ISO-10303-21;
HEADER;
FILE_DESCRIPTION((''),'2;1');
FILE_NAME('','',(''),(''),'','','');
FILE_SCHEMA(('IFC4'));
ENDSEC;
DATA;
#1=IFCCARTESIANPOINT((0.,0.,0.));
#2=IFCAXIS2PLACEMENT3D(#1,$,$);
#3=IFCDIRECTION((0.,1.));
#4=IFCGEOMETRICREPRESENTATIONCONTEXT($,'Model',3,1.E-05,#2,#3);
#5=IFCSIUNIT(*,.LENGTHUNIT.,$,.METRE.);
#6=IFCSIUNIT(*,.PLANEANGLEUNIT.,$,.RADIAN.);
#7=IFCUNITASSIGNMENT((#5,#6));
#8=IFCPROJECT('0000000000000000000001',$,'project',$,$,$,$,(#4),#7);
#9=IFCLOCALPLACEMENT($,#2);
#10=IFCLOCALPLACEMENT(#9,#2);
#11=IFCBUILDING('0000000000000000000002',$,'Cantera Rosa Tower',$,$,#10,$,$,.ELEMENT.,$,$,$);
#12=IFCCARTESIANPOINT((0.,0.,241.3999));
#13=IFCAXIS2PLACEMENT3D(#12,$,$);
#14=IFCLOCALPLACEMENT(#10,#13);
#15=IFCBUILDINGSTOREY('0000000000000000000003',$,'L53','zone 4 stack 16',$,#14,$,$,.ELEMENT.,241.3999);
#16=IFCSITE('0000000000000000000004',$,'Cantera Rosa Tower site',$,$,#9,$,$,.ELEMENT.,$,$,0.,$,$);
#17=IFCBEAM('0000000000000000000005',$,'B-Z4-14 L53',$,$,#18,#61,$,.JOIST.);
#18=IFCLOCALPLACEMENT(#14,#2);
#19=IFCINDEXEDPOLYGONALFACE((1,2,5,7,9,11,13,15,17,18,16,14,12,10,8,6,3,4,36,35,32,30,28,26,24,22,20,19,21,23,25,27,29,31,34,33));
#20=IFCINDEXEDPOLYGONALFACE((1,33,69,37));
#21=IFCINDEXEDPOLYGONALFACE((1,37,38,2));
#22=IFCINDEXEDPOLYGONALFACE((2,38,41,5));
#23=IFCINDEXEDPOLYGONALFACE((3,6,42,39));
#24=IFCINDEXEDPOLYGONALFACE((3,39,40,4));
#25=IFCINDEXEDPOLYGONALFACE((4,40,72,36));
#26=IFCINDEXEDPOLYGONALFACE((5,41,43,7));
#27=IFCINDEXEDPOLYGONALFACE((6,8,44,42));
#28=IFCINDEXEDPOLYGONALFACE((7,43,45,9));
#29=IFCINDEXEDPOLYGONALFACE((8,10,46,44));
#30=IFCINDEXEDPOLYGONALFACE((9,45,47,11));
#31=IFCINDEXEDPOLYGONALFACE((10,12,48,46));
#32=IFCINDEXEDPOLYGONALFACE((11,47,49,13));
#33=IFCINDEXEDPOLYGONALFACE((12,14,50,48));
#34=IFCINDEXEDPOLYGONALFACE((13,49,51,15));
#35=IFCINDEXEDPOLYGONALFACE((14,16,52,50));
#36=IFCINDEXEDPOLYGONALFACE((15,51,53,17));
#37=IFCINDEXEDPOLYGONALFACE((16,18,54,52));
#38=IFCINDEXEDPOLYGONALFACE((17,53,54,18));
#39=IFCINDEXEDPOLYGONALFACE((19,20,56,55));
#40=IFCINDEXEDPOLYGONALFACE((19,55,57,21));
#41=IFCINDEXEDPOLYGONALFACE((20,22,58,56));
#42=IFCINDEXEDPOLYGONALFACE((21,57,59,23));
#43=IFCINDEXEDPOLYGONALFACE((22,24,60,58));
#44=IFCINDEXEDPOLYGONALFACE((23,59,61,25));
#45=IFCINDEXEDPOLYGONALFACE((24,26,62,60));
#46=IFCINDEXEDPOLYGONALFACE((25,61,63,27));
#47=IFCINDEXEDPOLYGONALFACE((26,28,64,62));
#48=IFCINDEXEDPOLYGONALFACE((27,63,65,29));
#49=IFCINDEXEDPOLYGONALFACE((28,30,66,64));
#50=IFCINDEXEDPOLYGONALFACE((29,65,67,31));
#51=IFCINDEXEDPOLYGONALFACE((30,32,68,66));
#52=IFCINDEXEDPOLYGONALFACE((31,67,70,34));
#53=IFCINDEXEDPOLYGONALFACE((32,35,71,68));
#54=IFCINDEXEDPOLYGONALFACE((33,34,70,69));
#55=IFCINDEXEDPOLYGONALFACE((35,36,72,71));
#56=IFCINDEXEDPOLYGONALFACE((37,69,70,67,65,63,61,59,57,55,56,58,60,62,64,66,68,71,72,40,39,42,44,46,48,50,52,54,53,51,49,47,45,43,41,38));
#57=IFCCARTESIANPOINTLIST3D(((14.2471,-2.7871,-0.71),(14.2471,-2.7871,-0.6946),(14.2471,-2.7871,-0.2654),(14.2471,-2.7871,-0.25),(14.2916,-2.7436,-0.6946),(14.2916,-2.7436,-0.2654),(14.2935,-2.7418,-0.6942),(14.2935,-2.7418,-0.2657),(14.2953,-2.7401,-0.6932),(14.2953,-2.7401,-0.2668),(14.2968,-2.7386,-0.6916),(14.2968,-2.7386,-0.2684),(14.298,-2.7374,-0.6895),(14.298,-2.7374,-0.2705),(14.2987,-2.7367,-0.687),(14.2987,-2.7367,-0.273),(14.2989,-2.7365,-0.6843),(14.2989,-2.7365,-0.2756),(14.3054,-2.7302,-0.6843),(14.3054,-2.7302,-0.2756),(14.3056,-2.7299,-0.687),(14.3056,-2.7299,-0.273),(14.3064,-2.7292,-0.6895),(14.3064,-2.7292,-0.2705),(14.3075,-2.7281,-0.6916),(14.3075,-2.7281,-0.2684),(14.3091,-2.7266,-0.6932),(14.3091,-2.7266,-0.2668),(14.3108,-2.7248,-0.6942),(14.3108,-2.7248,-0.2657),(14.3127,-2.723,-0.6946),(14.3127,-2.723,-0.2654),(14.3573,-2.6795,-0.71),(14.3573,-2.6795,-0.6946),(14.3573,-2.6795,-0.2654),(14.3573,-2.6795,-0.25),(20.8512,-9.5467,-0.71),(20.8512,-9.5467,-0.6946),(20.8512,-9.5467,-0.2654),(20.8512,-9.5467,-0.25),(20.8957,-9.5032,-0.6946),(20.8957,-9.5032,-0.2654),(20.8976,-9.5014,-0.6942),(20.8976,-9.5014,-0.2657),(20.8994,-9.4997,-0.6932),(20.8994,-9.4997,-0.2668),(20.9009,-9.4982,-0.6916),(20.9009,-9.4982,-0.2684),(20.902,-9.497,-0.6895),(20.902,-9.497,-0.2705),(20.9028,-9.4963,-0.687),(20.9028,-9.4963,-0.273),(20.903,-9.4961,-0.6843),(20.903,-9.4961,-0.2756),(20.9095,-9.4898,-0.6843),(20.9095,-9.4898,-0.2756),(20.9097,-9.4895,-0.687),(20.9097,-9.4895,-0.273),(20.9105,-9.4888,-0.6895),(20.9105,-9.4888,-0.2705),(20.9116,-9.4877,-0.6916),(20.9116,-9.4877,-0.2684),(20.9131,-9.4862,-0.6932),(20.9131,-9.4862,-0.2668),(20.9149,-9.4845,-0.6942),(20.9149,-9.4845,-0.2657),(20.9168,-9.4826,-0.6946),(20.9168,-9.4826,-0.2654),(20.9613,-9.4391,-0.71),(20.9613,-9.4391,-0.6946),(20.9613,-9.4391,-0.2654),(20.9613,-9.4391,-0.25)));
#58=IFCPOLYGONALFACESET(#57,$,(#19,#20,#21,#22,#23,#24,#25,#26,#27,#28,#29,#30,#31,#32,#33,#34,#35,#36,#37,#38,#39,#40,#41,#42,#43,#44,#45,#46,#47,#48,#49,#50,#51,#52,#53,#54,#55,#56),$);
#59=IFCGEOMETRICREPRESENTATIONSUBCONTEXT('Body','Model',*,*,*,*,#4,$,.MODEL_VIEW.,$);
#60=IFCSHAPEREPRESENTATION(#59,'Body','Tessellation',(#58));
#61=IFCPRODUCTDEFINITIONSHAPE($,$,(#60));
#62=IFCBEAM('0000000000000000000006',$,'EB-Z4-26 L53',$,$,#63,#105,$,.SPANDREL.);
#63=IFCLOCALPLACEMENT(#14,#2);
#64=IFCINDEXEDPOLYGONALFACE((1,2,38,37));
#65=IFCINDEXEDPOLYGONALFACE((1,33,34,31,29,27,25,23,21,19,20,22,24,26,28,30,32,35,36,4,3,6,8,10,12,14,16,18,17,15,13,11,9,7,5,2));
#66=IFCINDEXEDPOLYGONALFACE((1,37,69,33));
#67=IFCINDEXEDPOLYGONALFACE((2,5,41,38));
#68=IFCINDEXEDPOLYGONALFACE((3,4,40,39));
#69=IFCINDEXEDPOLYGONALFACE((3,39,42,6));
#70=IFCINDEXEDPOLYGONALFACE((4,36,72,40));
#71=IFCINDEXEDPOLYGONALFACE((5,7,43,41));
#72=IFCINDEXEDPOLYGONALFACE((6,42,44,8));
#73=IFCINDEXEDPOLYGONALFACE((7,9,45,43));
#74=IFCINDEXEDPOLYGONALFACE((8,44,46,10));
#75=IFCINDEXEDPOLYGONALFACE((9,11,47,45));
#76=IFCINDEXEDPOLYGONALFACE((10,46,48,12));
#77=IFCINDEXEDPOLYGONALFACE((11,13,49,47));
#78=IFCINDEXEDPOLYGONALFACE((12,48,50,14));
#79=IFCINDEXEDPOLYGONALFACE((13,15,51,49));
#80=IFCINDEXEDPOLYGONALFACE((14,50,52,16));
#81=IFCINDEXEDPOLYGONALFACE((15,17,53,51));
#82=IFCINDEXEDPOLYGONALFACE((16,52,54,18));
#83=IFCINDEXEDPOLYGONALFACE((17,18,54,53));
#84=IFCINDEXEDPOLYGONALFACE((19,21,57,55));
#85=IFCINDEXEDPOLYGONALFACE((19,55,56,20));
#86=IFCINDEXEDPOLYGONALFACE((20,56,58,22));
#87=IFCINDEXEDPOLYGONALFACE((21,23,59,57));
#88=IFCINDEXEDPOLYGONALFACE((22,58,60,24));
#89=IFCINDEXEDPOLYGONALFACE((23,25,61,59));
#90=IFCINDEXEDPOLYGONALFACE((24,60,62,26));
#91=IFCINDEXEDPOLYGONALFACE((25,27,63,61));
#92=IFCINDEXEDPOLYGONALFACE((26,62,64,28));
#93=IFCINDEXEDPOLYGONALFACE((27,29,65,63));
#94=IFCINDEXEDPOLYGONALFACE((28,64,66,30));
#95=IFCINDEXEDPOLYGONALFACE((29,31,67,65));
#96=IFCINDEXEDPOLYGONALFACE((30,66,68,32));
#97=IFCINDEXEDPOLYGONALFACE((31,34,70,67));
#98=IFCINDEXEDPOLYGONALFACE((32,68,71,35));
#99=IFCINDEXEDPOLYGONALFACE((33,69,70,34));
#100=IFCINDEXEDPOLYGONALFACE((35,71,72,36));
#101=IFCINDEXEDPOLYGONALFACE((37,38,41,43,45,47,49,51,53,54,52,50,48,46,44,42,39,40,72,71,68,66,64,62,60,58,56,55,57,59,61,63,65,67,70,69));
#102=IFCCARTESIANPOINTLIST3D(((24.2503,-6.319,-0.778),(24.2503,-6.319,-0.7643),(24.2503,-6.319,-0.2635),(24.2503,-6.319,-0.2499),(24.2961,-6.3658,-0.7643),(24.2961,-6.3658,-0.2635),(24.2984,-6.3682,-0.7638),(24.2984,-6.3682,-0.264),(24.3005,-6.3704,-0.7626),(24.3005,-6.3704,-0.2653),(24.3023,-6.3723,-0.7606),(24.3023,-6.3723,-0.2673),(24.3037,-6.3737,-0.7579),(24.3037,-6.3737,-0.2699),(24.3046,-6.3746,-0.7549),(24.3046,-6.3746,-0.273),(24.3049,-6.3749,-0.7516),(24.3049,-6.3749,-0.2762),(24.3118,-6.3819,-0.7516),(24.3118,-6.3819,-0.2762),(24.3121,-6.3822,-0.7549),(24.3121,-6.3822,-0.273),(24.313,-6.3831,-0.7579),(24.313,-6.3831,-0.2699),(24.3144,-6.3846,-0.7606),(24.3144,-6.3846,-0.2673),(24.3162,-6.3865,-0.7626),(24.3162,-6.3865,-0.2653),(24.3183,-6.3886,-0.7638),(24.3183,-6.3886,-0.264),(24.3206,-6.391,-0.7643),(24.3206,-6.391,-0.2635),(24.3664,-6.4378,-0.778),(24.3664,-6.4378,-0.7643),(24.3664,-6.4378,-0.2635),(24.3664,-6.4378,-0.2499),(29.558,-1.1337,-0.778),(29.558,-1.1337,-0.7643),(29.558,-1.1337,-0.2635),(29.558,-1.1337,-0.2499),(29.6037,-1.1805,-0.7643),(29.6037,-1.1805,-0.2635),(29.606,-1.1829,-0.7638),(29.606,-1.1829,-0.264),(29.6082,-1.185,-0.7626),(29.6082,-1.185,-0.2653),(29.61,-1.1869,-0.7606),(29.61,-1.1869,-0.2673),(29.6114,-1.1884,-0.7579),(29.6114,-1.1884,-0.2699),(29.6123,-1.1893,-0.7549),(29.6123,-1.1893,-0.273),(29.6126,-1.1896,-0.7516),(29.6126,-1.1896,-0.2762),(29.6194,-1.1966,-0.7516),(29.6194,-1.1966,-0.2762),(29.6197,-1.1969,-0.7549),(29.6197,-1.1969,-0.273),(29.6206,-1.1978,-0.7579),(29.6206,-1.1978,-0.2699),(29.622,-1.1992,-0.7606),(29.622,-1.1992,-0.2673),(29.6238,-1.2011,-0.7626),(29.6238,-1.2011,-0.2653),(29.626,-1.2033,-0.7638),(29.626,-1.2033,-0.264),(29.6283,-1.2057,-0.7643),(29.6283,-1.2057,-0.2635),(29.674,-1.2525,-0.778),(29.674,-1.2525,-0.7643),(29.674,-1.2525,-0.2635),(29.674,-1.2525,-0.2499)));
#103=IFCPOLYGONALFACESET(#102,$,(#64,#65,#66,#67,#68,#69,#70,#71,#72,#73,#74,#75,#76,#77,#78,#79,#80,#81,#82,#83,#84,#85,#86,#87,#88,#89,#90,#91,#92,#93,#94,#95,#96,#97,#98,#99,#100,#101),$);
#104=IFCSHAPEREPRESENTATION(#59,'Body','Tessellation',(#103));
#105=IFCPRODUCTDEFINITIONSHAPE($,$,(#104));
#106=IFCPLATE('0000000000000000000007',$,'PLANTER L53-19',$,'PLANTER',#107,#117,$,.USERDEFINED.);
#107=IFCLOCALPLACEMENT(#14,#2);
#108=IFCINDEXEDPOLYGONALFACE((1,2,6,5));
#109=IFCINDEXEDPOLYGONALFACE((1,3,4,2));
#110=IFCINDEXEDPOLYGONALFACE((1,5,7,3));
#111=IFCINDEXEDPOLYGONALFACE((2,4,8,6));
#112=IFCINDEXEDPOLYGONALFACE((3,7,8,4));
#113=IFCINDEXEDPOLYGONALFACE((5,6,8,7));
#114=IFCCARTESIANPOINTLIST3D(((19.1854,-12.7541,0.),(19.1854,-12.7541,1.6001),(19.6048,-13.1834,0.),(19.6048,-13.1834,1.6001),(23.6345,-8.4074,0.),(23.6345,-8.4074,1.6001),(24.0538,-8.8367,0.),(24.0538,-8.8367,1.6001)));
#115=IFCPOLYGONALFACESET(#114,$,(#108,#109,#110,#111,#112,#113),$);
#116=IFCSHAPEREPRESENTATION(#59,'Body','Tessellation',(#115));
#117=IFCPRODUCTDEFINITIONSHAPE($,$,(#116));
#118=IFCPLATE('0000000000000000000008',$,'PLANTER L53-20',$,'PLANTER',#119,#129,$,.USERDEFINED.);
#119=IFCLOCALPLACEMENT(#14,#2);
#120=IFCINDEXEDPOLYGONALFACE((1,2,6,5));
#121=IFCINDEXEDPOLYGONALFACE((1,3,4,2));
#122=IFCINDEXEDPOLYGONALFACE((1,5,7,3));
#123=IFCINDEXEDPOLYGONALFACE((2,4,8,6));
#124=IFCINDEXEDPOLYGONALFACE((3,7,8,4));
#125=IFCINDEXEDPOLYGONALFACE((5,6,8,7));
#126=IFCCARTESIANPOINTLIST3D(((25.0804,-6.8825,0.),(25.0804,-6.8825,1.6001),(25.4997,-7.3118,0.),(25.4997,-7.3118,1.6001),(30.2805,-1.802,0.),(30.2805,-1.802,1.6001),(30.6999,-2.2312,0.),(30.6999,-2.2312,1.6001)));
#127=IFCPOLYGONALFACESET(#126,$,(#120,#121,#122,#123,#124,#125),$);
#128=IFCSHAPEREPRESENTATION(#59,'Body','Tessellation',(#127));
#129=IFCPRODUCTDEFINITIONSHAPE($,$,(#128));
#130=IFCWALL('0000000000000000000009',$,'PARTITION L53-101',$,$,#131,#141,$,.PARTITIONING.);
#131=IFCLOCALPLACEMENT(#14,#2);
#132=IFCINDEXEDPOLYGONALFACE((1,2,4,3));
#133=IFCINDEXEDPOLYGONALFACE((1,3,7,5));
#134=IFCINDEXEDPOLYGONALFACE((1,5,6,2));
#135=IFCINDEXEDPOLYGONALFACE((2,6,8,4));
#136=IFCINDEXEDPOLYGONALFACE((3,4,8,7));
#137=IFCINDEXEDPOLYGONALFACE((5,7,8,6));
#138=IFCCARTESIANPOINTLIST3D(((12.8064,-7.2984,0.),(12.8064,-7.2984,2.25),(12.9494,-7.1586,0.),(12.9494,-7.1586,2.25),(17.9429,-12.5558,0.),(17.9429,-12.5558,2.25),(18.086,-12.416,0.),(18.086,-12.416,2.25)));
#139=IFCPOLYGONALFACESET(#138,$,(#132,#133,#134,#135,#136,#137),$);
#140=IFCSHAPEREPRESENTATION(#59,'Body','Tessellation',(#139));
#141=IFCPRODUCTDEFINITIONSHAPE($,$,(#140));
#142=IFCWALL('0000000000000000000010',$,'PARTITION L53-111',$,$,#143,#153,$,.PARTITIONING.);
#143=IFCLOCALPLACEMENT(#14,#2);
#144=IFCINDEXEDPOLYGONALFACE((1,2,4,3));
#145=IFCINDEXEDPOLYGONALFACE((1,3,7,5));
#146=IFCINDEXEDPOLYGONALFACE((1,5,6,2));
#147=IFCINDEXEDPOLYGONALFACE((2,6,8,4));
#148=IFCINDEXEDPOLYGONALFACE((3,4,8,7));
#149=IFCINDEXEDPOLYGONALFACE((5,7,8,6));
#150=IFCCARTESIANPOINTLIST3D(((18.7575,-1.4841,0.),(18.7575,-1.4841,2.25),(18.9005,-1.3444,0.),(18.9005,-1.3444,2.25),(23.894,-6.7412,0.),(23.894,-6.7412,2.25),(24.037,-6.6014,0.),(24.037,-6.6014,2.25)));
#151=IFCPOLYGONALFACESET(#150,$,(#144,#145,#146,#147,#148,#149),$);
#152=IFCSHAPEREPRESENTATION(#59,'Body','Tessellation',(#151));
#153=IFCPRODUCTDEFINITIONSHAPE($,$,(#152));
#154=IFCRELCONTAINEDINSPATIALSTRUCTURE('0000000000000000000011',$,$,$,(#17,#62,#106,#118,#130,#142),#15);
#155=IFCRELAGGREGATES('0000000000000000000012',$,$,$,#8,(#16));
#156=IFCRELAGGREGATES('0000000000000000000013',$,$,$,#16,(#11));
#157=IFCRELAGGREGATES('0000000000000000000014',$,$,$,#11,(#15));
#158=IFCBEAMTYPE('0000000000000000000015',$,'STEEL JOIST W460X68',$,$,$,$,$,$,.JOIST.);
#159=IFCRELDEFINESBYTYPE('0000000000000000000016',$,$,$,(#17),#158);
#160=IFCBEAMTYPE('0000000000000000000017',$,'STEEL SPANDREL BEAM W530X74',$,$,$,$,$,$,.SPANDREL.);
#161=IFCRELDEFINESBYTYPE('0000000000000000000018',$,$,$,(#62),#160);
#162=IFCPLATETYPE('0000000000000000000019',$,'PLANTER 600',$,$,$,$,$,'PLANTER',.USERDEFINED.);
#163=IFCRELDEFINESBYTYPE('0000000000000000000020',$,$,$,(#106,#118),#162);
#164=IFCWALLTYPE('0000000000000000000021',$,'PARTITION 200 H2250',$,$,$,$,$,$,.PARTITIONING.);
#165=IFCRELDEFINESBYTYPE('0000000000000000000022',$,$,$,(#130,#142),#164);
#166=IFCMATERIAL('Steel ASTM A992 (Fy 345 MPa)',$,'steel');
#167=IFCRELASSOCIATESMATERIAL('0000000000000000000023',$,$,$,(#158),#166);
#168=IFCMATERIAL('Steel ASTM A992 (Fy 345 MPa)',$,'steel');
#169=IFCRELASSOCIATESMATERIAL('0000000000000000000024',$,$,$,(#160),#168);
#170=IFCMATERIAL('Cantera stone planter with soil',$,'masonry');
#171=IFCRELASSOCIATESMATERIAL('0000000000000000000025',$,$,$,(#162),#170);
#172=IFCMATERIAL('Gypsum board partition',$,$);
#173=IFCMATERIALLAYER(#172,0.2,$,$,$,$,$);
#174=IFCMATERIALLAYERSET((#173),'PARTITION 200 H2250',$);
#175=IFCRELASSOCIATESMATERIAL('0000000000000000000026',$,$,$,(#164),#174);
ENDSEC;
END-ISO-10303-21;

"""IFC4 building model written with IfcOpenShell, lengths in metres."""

from ifc_helpers import new_model, si_unit, direction, frame, frame_2d, origin, origin_2d, place, context, subcontext, project, spatial, rectangle, i_section, extrude, material, layer, layer_set, material_profile, profile_set, type_object, element, save


model = new_model("IFC4")

# Units and contexts
model_context = context("Model", 3, precision=1e-05, world=origin(), true_north=direction((0.0, 1.0)))
body_context = subcontext(model_context, "Body", "Model", "MODEL_VIEW")
ifc_project = project(units=[si_unit("LENGTHUNIT", "METRE"), si_unit("PLANEANGLEUNIT", "RADIAN")], contexts=[model_context])

# Site, building, storey
site_placement = place(None, origin())
site = spatial("IfcSite", under=ifc_project, at=site_placement, Name="Cantera Rosa Tower site", CompositionType="ELEMENT", RefElevation=0.0)
building_placement = place(site_placement, origin())
building = spatial("IfcBuilding", under=site, at=building_placement, Name="Cantera Rosa Tower", CompositionType="ELEMENT")
storey_placement = place(building_placement, frame((0.0, 0.0, 241.3999)))
storey = spatial("IfcBuildingStorey", under=building, at=storey_placement, Name="L53", Description="zone 4 stack 16", CompositionType="ELEMENT", Elevation=241.3999)

# Beams
ifc_material_1 = material(Name="Steel ASTM A992 (Fy 345 MPa)", Category="steel")
ifc_material_profile_1 = material_profile(ifc_material_1, i_section(OverallWidth=0.1541, OverallDepth=0.46, WebThickness=0.009, FlangeThickness=0.0154, FilletRadius=0.0103, at=origin_2d()), Name="W460X68")
ifc_profile_set_1 = profile_set([ifc_material_profile_1], Name="Steel ASTM A992 (Fy 345 MPa)")
beam_type_1 = type_object("IfcBeamType", Name="STEEL JOIST W460X68", PredefinedType="JOIST", material=ifc_profile_set_1)
beam_1_placement = place(storey_placement, frame((20.9062, -9.4929, -0.48), z_axis=(-0.698831, 0.715287, 0.0), x_axis=(-0.715287, -0.698831, 0.0)))
element("IfcBeam", 1, at=beam_1_placement, inside=storey, type_object=beam_type_1, Name="B-Z4-14 L53", PredefinedType="JOIST", context=body_context, shape_type="SweptSolid", body=[
    extrude(i_section(OverallWidth=0.1541, OverallDepth=0.46, WebThickness=0.009, FlangeThickness=0.0154, FilletRadius=0.0103, at=origin_2d()), origin(), (0.0, 0.0, 1.0), 9.4502),
])
ifc_material_2 = material(Name="Steel ASTM A992 (Fy 345 MPa)", Category="steel")
ifc_material_profile_2 = material_profile(ifc_material_2, i_section(OverallWidth=0.166, OverallDepth=0.5281, WebThickness=0.0098, FlangeThickness=0.0137, FilletRadius=0.0127, at=origin_2d()), Name="W530X74")
ifc_profile_set_2 = profile_set([ifc_material_profile_2], Name="Steel ASTM A992 (Fy 345 MPa)")
beam_type_2 = type_object("IfcBeamType", Name="STEEL SPANDREL BEAM W530X74", PredefinedType="SPANDREL", material=ifc_profile_set_2)
beam_2_placement = place(storey_placement, frame((24.3083, -6.3784, -0.5139), z_axis=(0.715301, 0.698817, 0.0), x_axis=(-0.698817, 0.715301, 0.0)))
element("IfcBeam", 2, at=beam_2_placement, inside=storey, type_object=beam_type_2, Name="EB-Z4-26 L53", PredefinedType="SPANDREL", context=body_context, shape_type="SweptSolid", body=[
    extrude(i_section(OverallWidth=0.166, OverallDepth=0.5281, WebThickness=0.0098, FlangeThickness=0.0137, FilletRadius=0.0127, at=origin_2d()), origin(), (0.0, 0.0, 1.0), 7.4202),
])

# Plates
ifc_material_3 = material(Name="Cantera stone planter with soil", Category="masonry")
plate_type = type_object("IfcPlateType", Name="PLANTER 600", ElementType="PLANTER", PredefinedType="USERDEFINED", material=ifc_material_3)
plate_1_placement = place(storey_placement, frame((21.6196, -10.7954, 0.0), z_axis=(0.0, 0.0, 1.0), x_axis=(0.715286, 0.698832, 0.0)))
element("IfcPlate", 3, at=plate_1_placement, inside=storey, type_object=plate_type, Name="PLANTER L53-19", ObjectType="PLANTER", PredefinedType="USERDEFINED", context=body_context, shape_type="SweptSolid", body=[
    extrude(rectangle(XDim=6.22, YDim=0.6001, at=origin_2d()), origin(), (0.0, 0.0, 1.0), 1.6001),
])
plate_2_placement = place(storey_placement, frame((27.8901, -4.5569, 0.0), z_axis=(0.0, 0.0, 1.0), x_axis=(0.715286, 0.698832, 0.0)))
element("IfcPlate", 4, at=plate_2_placement, inside=storey, type_object=plate_type, Name="PLANTER L53-20", ObjectType="PLANTER", PredefinedType="USERDEFINED", context=body_context, shape_type="SweptSolid", body=[
    extrude(rectangle(XDim=7.27, YDim=0.6001, at=origin_2d()), origin(), (0.0, 0.0, 1.0), 1.6001),
])

# Walls
ifc_material_4 = material(Name="Gypsum board partition")
ifc_layer_1 = layer(ifc_material_4, 0.2)
ifc_layer_set_1 = layer_set([ifc_layer_1], Name="PARTITION 200 H2250")
wall_type_1 = type_object("IfcWallType", Name="PARTITION 200 H2250", PredefinedType="PARTITIONING", material=ifc_layer_set_1)
wall_1_placement = place(storey_placement, frame((12.8779, -7.2285, 0.0), z_axis=(0.0, 0.0, 1.0), x_axis=(0.698838, -0.71528, 0.0)))
element("IfcWall", 5, at=wall_1_placement, inside=storey, type_object=wall_type_1, Name="PARTITION L53-101", PredefinedType="PARTITIONING", context=body_context, shape_type="SweptSolid", body=[
    extrude(rectangle(XDim=7.3501, YDim=0.2, at=frame_2d((3.675, 0.0))), origin(), (0.0, 0.0, 1.0), 2.25),
])
wall_2_placement = place(storey_placement, frame((18.8291, -1.4143, 0.0), z_axis=(0.0, 0.0, 1.0), x_axis=(0.698855, -0.715264, 0.0)))
element("IfcWall", 6, at=wall_2_placement, inside=storey, type_object=wall_type_1, Name="PARTITION L53-111", PredefinedType="PARTITIONING", context=body_context, shape_type="SweptSolid", body=[
    extrude(rectangle(XDim=7.3499, YDim=0.2, at=frame_2d((3.6748, 0.0))), origin(), (0.0, 0.0, 1.0), 2.25),
])

save(model, "model.ifc")
